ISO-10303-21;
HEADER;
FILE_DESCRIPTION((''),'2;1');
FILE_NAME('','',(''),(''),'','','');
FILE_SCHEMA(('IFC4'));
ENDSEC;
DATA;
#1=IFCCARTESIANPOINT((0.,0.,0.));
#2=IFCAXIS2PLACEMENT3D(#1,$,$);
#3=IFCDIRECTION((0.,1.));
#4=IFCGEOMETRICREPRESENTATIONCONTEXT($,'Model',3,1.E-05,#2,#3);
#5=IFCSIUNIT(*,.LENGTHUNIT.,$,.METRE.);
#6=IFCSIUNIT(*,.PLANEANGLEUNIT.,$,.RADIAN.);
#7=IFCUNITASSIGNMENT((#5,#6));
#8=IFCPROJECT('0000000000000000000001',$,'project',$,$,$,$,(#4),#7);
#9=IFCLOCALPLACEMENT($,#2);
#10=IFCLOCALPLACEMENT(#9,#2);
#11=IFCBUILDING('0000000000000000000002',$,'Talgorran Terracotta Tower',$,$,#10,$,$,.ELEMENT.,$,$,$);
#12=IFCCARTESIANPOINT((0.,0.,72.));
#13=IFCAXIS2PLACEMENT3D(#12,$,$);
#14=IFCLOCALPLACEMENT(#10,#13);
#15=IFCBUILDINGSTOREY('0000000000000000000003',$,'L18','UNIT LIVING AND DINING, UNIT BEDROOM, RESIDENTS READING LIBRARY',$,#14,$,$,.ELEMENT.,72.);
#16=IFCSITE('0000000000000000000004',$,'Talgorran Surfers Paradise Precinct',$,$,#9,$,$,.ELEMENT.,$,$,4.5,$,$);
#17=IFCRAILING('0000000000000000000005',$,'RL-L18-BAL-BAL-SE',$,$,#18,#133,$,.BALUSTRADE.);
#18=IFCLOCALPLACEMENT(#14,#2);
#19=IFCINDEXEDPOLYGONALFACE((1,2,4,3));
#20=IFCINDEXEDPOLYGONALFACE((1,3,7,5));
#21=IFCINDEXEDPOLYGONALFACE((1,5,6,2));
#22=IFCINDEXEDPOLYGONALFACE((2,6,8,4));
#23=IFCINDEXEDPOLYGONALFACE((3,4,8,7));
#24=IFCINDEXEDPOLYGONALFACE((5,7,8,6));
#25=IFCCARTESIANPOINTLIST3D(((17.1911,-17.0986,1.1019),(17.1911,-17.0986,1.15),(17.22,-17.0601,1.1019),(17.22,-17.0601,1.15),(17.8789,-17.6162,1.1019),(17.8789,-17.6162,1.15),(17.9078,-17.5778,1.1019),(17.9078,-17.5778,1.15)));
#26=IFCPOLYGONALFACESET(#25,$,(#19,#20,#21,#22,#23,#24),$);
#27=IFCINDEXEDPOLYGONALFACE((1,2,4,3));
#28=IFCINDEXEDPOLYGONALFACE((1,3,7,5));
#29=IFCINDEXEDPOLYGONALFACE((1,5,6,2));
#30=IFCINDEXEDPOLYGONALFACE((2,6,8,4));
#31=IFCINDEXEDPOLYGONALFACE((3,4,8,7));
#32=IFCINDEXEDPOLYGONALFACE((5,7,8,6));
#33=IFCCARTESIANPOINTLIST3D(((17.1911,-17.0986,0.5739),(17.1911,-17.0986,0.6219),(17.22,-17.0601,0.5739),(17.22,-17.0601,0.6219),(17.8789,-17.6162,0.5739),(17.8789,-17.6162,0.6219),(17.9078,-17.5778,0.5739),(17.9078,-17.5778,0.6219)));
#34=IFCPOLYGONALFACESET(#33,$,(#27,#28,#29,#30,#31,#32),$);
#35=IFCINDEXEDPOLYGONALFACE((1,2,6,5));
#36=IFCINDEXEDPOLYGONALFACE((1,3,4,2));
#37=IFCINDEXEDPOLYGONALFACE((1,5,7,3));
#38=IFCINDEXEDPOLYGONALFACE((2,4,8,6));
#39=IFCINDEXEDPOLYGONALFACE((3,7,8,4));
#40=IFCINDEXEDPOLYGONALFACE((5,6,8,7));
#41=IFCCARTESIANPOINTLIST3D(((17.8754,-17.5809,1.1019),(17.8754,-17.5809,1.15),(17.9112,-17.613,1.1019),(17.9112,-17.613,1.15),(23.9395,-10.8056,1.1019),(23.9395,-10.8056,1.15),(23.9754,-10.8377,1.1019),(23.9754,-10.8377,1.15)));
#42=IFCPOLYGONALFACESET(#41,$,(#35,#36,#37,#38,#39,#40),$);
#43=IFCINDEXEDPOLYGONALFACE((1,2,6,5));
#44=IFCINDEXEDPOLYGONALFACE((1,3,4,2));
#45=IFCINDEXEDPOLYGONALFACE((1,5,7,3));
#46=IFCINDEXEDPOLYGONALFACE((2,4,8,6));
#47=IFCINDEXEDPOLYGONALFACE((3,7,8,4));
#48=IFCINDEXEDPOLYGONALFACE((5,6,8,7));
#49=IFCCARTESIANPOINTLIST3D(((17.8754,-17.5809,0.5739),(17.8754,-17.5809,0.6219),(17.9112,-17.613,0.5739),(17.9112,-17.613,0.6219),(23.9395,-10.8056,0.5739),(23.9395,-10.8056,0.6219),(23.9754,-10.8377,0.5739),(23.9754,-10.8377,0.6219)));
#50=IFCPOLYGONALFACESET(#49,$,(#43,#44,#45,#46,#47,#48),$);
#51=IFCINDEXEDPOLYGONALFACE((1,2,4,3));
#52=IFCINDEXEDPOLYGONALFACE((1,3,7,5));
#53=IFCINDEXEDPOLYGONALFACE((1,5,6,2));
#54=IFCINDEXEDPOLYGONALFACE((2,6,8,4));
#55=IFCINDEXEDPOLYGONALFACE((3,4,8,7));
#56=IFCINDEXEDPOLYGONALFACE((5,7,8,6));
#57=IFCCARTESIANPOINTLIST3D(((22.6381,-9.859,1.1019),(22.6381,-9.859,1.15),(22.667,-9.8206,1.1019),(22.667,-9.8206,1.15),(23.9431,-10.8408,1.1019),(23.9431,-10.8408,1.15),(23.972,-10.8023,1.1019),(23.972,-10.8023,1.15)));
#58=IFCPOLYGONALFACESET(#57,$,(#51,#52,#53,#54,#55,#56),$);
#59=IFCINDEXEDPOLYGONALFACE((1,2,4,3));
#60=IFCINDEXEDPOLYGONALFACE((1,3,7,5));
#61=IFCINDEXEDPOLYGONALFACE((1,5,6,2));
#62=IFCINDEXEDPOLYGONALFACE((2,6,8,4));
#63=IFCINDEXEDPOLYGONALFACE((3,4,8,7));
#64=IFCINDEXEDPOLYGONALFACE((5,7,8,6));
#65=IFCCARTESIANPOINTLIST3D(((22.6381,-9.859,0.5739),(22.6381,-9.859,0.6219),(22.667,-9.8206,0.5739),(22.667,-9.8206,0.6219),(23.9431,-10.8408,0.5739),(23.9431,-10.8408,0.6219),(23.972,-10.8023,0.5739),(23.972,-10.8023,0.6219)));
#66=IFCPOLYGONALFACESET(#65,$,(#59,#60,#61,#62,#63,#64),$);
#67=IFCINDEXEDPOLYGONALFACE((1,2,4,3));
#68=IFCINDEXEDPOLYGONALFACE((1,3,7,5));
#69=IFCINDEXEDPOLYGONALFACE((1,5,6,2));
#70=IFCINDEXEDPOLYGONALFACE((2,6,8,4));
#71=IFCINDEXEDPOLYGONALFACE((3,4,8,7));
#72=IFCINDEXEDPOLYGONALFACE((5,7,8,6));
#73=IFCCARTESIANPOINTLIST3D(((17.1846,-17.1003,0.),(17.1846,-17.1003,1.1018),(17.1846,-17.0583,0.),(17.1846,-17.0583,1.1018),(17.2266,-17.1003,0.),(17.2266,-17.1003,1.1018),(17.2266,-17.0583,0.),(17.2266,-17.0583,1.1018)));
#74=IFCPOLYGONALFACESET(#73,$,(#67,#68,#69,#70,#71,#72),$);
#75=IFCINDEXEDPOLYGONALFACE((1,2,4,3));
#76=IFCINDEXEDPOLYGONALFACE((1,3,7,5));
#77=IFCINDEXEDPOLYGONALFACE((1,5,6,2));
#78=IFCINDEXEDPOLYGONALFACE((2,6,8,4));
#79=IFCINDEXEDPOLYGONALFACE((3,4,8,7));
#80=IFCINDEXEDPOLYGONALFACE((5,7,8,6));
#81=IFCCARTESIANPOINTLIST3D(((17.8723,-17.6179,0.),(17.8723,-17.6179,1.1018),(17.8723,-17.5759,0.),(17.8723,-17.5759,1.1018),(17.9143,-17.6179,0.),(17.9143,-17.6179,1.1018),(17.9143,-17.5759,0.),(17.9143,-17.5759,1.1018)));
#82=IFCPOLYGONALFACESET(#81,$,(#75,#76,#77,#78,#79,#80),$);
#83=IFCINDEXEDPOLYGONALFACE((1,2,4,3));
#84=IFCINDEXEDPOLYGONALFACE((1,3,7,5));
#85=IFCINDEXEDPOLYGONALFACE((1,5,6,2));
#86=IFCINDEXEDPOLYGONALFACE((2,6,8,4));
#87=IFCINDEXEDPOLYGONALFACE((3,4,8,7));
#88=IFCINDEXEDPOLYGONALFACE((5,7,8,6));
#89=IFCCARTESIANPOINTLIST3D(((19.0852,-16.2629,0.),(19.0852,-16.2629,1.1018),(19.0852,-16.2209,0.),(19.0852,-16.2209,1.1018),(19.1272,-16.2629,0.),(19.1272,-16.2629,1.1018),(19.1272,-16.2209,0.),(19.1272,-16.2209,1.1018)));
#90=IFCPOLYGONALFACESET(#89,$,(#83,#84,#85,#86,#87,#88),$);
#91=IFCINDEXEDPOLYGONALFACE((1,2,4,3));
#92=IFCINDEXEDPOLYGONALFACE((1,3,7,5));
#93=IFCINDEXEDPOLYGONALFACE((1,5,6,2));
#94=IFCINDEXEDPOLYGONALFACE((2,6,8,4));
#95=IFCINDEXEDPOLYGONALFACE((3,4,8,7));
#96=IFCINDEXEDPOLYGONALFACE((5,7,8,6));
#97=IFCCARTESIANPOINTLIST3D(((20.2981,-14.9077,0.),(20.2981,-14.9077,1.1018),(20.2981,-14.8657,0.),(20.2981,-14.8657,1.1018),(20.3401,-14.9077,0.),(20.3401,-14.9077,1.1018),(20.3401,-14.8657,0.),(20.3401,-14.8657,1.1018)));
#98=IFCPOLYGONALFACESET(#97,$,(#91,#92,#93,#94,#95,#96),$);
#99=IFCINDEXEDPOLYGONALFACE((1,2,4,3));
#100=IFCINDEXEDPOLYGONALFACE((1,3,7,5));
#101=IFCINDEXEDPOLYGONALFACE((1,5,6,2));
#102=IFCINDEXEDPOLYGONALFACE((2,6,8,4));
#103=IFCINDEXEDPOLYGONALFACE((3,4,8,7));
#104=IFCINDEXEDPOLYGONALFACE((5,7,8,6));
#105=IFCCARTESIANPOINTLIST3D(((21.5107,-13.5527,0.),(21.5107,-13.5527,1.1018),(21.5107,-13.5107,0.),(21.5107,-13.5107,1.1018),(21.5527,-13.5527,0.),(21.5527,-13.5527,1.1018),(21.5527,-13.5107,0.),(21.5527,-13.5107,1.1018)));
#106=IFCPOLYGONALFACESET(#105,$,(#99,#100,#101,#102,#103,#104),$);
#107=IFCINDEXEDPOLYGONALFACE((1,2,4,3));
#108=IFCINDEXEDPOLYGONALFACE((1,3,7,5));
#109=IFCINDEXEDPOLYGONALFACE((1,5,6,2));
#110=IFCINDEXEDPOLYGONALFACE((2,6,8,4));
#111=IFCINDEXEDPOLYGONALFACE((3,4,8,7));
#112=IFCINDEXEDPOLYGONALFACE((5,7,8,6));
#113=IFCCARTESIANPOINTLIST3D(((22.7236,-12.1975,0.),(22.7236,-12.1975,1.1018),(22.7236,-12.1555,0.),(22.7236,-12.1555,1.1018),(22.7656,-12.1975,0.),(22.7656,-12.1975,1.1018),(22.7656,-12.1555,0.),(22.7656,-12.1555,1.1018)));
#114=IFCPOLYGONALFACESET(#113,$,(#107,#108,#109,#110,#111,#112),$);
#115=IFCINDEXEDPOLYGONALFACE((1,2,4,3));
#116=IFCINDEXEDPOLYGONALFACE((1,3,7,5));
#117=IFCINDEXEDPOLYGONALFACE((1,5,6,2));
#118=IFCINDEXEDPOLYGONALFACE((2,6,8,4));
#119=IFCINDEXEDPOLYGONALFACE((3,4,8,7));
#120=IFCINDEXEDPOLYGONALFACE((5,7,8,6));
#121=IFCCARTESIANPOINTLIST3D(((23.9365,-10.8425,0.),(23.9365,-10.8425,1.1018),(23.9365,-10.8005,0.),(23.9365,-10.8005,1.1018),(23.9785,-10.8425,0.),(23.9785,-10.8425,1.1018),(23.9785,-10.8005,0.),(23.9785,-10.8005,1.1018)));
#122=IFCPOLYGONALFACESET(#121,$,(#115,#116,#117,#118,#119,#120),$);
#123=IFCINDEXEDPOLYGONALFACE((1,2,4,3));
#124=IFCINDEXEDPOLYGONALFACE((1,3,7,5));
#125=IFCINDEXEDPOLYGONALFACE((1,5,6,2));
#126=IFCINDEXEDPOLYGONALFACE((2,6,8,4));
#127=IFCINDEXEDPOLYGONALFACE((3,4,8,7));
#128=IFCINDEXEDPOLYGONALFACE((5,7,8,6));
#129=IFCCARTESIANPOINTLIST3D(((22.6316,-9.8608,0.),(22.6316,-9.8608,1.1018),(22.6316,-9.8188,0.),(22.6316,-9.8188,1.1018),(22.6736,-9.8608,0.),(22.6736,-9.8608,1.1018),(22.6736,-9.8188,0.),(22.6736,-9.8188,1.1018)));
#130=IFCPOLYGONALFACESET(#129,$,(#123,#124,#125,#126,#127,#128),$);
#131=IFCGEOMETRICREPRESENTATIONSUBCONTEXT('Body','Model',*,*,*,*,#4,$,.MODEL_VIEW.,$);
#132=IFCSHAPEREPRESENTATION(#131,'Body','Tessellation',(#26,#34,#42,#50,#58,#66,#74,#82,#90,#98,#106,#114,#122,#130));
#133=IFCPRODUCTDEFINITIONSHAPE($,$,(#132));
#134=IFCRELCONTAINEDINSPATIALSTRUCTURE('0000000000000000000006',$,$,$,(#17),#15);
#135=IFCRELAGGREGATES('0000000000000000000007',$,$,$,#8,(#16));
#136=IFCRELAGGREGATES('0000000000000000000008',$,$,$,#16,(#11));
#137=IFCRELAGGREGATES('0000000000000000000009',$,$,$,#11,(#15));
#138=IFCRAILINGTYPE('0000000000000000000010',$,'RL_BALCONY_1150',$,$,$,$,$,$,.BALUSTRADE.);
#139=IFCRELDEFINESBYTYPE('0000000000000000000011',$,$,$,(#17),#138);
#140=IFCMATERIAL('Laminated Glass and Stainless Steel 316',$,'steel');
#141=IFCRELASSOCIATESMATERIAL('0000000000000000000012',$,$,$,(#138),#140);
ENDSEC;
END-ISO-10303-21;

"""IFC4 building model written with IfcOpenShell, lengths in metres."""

from ifc_helpers import new_model, si_unit, direction, frame, origin, origin_2d, place, context, subcontext, project, spatial, rectangle, extrude, material, type_object, element, save


model = new_model("IFC4")

# Units and contexts
model_context = context("Model", 3, precision=1e-05, world=origin(), true_north=direction((0.0, 1.0)))
body_context = subcontext(model_context, "Body", "Model", "MODEL_VIEW")
ifc_project = project(units=[si_unit("LENGTHUNIT", "METRE"), si_unit("PLANEANGLEUNIT", "RADIAN")], contexts=[model_context])

# Site, building, storey
site_placement = place(None, origin())
site = spatial("IfcSite", under=ifc_project, at=site_placement, Name="Talgorran Surfers Paradise Precinct", CompositionType="ELEMENT", RefElevation=4.5)
building_placement = place(site_placement, origin())
building = spatial("IfcBuilding", under=site, at=building_placement, Name="Talgorran Terracotta Tower", CompositionType="ELEMENT")
storey_placement = place(building_placement, frame((0.0, 0.0, 72.0)))
storey = spatial("IfcBuildingStorey", under=building, at=storey_placement, Name="L18", Description="UNIT LIVING AND DINING, UNIT BEDROOM, RESIDENTS READING LIBRARY", CompositionType="ELEMENT", Elevation=72.0)

# Railing
ifc_material_1 = material(Name="Laminated Glass and Stainless Steel 316", Category="steel")
railing_type = type_object("IfcRailingType", Name="RL_BALCONY_1150", PredefinedType="BALUSTRADE", material=ifc_material_1)
railing_placement = place(storey_placement, frame((17.2056, -17.0793, 0.0)))
element("IfcRailing", 1, at=railing_placement, inside=storey, type_object=railing_type, Name="RL-L18-BAL-BAL-SE", PredefinedType="BALUSTRADE", context=body_context, shape_type="SweptSolid", body=[
    extrude(rectangle(XDim=0.0481, YDim=0.0481, at=origin_2d()), frame((0.0, 0.0, 1.126), z_axis=(0.799012, -0.601315, 0.0), x_axis=(0.601315, 0.799012, 0.0)), (0.0, 0.0, 1.0), 0.8608),
    extrude(rectangle(XDim=0.0481, YDim=0.0481, at=origin_2d()), frame((0.0, 0.0, 0.5979), z_axis=(0.799012, -0.601315, 0.0), x_axis=(0.601315, 0.799012, 0.0)), (0.0, 0.0, 1.0), 0.8608),
    extrude(rectangle(XDim=0.0481, YDim=0.0481, at=origin_2d()), frame((0.6877, -0.5176, 1.126), z_axis=(0.666918, 0.745131, 0.0), x_axis=(-0.745131, 0.666918, 0.0)), (0.0, 0.0, 1.0), 9.0928),
    extrude(rectangle(XDim=0.0481, YDim=0.0481, at=origin_2d()), frame((0.6877, -0.5176, 0.5979), z_axis=(0.666918, 0.745131, 0.0), x_axis=(-0.745131, 0.666918, 0.0)), (0.0, 0.0, 1.0), 9.0928),
    extrude(rectangle(XDim=0.0481, YDim=0.0481, at=origin_2d()), frame((6.752, 6.2578, 1.126), z_axis=(-0.79912, 0.601171, 0.0), x_axis=(-0.601171, -0.79912, 0.0)), (0.0, 0.0, 1.0), 1.6331),
    extrude(rectangle(XDim=0.0481, YDim=0.0481, at=origin_2d()), frame((6.752, 6.2578, 0.5979), z_axis=(-0.79912, 0.601171, 0.0), x_axis=(-0.601171, -0.79912, 0.0)), (0.0, 0.0, 1.0), 1.6331),
    extrude(rectangle(XDim=0.042, YDim=0.042, at=origin_2d()), origin(), (0.0, 0.0, 1.0), 1.1018),
    extrude(rectangle(XDim=0.042, YDim=0.042, at=origin_2d()), frame((0.6877, -0.5176, 0.0)), (0.0, 0.0, 1.0), 1.1018),
    extrude(rectangle(XDim=0.042, YDim=0.042, at=origin_2d()), frame((1.9006, 0.8374, 0.0)), (0.0, 0.0, 1.0), 1.1018),
    extrude(rectangle(XDim=0.042, YDim=0.042, at=origin_2d()), frame((3.1135, 2.1926, 0.0)), (0.0, 0.0, 1.0), 1.1018),
    extrude(rectangle(XDim=0.042, YDim=0.042, at=origin_2d()), frame((4.3262, 3.5476, 0.0)), (0.0, 0.0, 1.0), 1.1018),
    extrude(rectangle(XDim=0.042, YDim=0.042, at=origin_2d()), frame((5.5391, 4.9028, 0.0)), (0.0, 0.0, 1.0), 1.1018),
    extrude(rectangle(XDim=0.042, YDim=0.042, at=origin_2d()), frame((6.752, 6.2578, 0.0)), (0.0, 0.0, 1.0), 1.1018),
    extrude(rectangle(XDim=0.042, YDim=0.042, at=origin_2d()), frame((5.447, 7.2395, 0.0)), (0.0, 0.0, 1.0), 1.1018),
])

save(model, "model.ifc")
